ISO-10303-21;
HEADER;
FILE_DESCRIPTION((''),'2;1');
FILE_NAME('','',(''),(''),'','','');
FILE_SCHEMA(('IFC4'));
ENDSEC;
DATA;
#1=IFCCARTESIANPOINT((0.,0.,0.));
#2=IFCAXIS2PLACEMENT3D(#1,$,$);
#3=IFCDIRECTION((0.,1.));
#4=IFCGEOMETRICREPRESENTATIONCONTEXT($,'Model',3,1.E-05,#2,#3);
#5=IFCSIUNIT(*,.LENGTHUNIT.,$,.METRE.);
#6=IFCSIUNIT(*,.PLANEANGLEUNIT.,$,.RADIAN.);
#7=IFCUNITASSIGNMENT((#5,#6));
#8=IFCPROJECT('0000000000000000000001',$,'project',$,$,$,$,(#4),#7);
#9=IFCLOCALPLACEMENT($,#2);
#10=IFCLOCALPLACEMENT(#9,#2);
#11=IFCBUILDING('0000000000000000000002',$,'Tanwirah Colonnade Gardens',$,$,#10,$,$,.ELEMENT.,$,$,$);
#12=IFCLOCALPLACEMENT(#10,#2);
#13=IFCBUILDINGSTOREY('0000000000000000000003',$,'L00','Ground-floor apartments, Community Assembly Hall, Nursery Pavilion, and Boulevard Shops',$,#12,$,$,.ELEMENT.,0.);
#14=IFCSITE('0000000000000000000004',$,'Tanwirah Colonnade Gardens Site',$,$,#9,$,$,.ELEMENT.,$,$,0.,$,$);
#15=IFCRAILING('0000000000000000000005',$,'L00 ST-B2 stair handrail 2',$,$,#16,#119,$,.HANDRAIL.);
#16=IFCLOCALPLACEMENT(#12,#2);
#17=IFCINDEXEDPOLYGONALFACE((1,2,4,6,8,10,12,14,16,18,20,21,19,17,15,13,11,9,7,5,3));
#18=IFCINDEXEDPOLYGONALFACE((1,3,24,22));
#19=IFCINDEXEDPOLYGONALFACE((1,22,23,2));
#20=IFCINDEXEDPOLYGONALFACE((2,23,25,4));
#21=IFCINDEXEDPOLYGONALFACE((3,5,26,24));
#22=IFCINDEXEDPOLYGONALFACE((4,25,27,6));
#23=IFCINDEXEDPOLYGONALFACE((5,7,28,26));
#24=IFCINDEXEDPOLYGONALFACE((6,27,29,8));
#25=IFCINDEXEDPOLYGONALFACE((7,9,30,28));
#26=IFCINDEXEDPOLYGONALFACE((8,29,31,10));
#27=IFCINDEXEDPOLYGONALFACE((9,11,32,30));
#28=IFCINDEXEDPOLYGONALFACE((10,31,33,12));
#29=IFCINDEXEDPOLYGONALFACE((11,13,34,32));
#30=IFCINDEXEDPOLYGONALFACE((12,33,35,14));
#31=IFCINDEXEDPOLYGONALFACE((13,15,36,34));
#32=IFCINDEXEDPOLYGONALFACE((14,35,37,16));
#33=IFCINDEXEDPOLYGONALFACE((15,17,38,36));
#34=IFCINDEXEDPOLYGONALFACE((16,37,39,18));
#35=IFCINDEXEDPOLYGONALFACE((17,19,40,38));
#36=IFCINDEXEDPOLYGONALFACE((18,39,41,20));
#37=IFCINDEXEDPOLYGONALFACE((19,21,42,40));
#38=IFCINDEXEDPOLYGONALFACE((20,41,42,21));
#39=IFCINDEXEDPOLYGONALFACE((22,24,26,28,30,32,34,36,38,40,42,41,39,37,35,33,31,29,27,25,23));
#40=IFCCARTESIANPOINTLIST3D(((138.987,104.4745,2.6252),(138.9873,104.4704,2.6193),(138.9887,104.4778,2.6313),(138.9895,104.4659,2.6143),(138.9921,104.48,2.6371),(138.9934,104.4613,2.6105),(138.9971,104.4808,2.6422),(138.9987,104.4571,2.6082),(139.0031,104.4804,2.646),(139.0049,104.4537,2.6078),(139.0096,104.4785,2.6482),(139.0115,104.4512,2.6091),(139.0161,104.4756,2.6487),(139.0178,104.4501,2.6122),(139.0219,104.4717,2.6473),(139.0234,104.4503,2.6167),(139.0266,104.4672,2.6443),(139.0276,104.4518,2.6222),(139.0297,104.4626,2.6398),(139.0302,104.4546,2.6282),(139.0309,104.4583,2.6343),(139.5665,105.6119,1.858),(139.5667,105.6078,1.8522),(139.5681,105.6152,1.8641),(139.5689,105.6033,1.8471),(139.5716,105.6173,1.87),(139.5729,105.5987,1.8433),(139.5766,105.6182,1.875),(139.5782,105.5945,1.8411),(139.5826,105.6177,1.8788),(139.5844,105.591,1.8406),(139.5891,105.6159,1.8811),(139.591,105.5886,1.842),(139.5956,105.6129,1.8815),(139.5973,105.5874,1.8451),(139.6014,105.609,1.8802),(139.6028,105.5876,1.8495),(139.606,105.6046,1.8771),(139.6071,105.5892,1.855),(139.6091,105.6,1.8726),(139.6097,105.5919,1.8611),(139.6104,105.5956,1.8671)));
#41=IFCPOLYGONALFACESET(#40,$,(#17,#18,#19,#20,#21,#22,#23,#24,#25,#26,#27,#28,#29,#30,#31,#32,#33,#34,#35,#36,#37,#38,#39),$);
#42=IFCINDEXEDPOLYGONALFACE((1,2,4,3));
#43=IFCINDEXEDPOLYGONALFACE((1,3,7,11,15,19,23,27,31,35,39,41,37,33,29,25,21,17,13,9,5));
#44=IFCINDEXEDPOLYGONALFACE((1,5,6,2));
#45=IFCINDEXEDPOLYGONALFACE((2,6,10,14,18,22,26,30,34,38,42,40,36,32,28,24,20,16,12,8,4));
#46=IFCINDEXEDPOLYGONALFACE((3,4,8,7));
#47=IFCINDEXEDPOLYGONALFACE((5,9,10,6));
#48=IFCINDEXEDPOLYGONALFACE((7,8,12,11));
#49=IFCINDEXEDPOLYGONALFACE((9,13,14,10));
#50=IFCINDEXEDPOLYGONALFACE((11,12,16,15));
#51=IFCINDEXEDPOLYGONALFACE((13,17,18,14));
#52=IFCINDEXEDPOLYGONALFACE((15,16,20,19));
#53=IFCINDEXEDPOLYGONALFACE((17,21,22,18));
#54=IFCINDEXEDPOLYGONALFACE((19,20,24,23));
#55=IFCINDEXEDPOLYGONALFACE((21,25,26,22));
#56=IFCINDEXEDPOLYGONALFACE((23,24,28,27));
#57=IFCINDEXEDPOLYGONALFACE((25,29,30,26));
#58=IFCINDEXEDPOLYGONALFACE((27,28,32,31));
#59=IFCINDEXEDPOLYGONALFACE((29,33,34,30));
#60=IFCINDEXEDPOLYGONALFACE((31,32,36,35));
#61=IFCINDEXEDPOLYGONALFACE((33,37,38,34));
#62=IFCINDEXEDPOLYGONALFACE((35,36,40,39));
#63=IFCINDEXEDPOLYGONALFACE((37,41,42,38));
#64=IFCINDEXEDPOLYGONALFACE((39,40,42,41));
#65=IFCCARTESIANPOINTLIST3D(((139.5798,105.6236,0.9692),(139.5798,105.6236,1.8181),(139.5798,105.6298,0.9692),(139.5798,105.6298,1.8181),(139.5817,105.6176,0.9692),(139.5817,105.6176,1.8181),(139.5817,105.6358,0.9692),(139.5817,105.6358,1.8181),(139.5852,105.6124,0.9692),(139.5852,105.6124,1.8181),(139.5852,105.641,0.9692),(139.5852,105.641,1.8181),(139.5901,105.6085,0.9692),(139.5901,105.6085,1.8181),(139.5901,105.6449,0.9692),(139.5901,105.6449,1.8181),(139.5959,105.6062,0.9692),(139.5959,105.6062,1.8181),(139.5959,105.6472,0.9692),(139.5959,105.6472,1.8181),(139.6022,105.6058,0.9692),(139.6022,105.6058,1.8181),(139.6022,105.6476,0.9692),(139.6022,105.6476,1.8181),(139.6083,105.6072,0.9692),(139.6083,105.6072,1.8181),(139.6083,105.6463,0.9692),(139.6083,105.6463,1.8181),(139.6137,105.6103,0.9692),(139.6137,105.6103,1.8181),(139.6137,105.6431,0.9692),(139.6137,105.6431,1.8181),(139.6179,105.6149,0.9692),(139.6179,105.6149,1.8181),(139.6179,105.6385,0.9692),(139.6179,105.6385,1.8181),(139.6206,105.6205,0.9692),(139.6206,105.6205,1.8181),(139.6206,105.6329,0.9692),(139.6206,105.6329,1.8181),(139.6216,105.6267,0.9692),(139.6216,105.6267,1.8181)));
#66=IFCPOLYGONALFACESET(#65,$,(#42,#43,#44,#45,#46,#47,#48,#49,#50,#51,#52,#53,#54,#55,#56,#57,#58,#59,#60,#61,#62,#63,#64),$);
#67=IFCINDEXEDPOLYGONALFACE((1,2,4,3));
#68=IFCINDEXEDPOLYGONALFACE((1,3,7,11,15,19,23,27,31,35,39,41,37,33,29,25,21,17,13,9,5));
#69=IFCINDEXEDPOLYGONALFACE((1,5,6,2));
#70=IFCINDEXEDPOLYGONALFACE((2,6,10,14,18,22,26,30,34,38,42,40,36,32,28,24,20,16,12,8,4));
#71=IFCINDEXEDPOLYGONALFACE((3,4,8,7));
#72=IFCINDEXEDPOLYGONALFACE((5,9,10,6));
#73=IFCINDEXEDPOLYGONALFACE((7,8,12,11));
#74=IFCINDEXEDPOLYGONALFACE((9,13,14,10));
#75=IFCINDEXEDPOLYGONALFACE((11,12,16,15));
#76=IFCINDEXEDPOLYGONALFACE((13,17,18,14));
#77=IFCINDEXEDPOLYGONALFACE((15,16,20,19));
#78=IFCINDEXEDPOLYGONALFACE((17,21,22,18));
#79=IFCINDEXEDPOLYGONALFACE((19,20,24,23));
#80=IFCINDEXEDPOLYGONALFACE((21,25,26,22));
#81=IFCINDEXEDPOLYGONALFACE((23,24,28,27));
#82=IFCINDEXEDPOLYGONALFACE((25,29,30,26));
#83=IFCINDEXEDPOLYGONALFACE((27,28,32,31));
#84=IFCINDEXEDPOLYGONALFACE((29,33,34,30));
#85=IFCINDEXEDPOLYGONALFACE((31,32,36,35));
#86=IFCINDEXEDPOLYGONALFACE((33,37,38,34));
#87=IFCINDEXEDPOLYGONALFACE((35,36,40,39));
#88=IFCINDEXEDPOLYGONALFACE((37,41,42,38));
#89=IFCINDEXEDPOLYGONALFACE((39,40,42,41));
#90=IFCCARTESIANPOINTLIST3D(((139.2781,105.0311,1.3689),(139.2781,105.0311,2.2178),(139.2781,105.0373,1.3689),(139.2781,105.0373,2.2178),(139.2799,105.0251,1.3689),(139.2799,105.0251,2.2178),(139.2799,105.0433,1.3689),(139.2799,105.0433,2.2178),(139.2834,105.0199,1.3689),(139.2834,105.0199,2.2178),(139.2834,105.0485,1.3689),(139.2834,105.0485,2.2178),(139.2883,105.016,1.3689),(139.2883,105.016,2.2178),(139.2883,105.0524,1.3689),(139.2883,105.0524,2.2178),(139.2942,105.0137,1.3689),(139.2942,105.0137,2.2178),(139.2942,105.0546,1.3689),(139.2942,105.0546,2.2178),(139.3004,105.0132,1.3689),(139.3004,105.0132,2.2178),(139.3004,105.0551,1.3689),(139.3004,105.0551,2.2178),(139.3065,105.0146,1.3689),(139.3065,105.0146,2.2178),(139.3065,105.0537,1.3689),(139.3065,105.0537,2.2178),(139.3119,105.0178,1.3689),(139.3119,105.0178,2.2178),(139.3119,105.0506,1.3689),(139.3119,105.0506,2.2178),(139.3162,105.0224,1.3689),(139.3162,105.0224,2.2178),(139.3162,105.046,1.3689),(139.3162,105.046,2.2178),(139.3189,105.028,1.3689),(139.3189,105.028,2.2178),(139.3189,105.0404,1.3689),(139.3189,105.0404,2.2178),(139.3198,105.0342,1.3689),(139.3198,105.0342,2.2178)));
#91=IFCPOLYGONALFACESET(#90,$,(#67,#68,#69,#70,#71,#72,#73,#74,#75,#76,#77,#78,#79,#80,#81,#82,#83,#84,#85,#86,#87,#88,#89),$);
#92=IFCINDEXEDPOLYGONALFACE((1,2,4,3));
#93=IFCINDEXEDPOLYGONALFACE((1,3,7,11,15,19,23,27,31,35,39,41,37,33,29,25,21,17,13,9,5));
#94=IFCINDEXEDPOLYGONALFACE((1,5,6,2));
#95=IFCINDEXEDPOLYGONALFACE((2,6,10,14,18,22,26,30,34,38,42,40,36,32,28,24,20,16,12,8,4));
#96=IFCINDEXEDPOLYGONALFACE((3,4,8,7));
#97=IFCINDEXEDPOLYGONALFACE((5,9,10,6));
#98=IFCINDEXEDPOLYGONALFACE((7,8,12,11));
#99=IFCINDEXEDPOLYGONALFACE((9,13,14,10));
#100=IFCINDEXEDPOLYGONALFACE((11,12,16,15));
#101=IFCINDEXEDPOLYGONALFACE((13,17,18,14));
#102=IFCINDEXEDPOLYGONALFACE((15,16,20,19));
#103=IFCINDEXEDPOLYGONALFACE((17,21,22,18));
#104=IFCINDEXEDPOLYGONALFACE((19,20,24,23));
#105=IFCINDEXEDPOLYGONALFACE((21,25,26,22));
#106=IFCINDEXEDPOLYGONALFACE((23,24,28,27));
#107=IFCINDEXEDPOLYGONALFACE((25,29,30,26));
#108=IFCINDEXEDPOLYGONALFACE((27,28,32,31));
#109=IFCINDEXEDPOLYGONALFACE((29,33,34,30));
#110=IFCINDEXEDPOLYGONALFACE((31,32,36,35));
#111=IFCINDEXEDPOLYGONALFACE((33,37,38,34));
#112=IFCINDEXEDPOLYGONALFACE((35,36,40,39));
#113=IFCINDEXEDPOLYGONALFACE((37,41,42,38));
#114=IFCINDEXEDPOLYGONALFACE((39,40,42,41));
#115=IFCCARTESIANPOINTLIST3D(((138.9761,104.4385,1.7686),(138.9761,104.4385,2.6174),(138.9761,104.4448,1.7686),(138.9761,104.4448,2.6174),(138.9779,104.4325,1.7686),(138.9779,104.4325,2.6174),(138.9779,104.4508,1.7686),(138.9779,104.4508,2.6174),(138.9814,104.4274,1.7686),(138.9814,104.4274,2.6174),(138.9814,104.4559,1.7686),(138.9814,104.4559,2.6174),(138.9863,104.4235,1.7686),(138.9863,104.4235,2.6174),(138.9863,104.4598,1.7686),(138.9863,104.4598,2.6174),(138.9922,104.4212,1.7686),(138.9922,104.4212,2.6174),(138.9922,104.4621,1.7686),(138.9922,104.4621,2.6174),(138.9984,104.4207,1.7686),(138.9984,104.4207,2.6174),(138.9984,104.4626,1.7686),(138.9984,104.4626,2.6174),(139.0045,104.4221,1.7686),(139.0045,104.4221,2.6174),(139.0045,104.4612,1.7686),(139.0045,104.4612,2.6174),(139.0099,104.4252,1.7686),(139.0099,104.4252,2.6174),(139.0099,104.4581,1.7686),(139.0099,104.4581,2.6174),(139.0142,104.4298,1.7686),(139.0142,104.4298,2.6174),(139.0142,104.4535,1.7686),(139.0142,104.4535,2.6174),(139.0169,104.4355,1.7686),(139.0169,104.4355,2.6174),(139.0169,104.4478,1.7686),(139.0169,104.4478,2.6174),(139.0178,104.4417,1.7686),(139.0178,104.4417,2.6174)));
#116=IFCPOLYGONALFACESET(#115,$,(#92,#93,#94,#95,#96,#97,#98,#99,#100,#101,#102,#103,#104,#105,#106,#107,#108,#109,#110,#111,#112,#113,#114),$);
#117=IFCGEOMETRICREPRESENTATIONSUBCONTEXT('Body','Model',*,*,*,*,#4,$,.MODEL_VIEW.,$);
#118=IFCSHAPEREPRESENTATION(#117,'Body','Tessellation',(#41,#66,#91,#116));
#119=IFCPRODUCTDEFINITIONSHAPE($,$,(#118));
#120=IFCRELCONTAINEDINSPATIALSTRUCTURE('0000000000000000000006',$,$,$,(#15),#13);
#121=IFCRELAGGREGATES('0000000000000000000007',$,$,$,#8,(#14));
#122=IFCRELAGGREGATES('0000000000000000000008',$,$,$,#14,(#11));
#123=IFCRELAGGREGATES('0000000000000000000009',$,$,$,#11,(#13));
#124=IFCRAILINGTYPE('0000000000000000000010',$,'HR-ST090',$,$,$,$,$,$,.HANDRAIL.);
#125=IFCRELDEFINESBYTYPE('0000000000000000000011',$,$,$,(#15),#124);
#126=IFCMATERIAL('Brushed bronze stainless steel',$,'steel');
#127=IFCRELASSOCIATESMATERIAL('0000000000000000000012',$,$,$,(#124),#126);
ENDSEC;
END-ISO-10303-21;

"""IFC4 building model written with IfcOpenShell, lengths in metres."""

from ifc_helpers import new_model, si_unit, direction, frame, origin, origin_2d, place, context, subcontext, project, spatial, circle, extrude, material, type_object, element, save


model = new_model("IFC4")

# Units and contexts
model_context = context("Model", 3, precision=1e-05, world=origin(), true_north=direction((0.0, 1.0)))
body_context = subcontext(model_context, "Body", "Model", "MODEL_VIEW")
ifc_project = project(units=[si_unit("LENGTHUNIT", "METRE"), si_unit("PLANEANGLEUNIT", "RADIAN")], contexts=[model_context])

# Site, building, storey
site_placement = place(None, origin())
site = spatial("IfcSite", under=ifc_project, at=site_placement, Name="Tanwirah Colonnade Gardens Site", CompositionType="ELEMENT", RefElevation=0.0)
building_placement = place(site_placement, origin())
building = spatial("IfcBuilding", under=site, at=building_placement, Name="Tanwirah Colonnade Gardens", CompositionType="ELEMENT")
storey_placement = place(building_placement, origin())
storey = spatial("IfcBuildingStorey", under=building, at=storey_placement, Name="L00", Description="Ground-floor apartments, Community Assembly Hall, Nursery Pavilion, and Boulevard Shops", CompositionType="ELEMENT", Elevation=0.0)

# Railing
ifc_material_1 = material(Name="Brushed bronze stainless steel", Category="steel")
railing_type_1 = type_object("IfcRailingType", Name="HR-ST090", PredefinedType="HANDRAIL", material=ifc_material_1)
for number, where, name in (
    (1, (139.6006, 105.6267, 0.9692), "L00 ST-B2 stair handrail 2"),
):
    element("IfcRailing", number, at=place(storey_placement, frame(where)), inside=storey, type_object=railing_type_1, Name=name, PredefinedType="HANDRAIL", context=body_context, shape_type="SweptSolid", body=[
        extrude(circle(Radius=0.0239, at=origin_2d()), frame((-0.0122, -0.0239, 0.8918), z_axis=(-0.389094, -0.763713, 0.515121), x_axis=(0.891024, -0.453956, 0.0)), (0.0, 0.0, 1.0), 1.4893),
        extrude(circle(Radius=0.021, at=origin_2d()), origin(), (0.0, 0.0, 1.0), 0.8489),
        extrude(circle(Radius=0.021, at=origin_2d()), frame((-0.3018, -0.5925, 0.3997)), (0.0, 0.0, 1.0), 0.8489),
        extrude(circle(Radius=0.021, at=origin_2d()), frame((-0.6038, -1.1851, 0.7993)), (0.0, 0.0, 1.0), 0.8489),
    ])

save(model, "model.ifc")
